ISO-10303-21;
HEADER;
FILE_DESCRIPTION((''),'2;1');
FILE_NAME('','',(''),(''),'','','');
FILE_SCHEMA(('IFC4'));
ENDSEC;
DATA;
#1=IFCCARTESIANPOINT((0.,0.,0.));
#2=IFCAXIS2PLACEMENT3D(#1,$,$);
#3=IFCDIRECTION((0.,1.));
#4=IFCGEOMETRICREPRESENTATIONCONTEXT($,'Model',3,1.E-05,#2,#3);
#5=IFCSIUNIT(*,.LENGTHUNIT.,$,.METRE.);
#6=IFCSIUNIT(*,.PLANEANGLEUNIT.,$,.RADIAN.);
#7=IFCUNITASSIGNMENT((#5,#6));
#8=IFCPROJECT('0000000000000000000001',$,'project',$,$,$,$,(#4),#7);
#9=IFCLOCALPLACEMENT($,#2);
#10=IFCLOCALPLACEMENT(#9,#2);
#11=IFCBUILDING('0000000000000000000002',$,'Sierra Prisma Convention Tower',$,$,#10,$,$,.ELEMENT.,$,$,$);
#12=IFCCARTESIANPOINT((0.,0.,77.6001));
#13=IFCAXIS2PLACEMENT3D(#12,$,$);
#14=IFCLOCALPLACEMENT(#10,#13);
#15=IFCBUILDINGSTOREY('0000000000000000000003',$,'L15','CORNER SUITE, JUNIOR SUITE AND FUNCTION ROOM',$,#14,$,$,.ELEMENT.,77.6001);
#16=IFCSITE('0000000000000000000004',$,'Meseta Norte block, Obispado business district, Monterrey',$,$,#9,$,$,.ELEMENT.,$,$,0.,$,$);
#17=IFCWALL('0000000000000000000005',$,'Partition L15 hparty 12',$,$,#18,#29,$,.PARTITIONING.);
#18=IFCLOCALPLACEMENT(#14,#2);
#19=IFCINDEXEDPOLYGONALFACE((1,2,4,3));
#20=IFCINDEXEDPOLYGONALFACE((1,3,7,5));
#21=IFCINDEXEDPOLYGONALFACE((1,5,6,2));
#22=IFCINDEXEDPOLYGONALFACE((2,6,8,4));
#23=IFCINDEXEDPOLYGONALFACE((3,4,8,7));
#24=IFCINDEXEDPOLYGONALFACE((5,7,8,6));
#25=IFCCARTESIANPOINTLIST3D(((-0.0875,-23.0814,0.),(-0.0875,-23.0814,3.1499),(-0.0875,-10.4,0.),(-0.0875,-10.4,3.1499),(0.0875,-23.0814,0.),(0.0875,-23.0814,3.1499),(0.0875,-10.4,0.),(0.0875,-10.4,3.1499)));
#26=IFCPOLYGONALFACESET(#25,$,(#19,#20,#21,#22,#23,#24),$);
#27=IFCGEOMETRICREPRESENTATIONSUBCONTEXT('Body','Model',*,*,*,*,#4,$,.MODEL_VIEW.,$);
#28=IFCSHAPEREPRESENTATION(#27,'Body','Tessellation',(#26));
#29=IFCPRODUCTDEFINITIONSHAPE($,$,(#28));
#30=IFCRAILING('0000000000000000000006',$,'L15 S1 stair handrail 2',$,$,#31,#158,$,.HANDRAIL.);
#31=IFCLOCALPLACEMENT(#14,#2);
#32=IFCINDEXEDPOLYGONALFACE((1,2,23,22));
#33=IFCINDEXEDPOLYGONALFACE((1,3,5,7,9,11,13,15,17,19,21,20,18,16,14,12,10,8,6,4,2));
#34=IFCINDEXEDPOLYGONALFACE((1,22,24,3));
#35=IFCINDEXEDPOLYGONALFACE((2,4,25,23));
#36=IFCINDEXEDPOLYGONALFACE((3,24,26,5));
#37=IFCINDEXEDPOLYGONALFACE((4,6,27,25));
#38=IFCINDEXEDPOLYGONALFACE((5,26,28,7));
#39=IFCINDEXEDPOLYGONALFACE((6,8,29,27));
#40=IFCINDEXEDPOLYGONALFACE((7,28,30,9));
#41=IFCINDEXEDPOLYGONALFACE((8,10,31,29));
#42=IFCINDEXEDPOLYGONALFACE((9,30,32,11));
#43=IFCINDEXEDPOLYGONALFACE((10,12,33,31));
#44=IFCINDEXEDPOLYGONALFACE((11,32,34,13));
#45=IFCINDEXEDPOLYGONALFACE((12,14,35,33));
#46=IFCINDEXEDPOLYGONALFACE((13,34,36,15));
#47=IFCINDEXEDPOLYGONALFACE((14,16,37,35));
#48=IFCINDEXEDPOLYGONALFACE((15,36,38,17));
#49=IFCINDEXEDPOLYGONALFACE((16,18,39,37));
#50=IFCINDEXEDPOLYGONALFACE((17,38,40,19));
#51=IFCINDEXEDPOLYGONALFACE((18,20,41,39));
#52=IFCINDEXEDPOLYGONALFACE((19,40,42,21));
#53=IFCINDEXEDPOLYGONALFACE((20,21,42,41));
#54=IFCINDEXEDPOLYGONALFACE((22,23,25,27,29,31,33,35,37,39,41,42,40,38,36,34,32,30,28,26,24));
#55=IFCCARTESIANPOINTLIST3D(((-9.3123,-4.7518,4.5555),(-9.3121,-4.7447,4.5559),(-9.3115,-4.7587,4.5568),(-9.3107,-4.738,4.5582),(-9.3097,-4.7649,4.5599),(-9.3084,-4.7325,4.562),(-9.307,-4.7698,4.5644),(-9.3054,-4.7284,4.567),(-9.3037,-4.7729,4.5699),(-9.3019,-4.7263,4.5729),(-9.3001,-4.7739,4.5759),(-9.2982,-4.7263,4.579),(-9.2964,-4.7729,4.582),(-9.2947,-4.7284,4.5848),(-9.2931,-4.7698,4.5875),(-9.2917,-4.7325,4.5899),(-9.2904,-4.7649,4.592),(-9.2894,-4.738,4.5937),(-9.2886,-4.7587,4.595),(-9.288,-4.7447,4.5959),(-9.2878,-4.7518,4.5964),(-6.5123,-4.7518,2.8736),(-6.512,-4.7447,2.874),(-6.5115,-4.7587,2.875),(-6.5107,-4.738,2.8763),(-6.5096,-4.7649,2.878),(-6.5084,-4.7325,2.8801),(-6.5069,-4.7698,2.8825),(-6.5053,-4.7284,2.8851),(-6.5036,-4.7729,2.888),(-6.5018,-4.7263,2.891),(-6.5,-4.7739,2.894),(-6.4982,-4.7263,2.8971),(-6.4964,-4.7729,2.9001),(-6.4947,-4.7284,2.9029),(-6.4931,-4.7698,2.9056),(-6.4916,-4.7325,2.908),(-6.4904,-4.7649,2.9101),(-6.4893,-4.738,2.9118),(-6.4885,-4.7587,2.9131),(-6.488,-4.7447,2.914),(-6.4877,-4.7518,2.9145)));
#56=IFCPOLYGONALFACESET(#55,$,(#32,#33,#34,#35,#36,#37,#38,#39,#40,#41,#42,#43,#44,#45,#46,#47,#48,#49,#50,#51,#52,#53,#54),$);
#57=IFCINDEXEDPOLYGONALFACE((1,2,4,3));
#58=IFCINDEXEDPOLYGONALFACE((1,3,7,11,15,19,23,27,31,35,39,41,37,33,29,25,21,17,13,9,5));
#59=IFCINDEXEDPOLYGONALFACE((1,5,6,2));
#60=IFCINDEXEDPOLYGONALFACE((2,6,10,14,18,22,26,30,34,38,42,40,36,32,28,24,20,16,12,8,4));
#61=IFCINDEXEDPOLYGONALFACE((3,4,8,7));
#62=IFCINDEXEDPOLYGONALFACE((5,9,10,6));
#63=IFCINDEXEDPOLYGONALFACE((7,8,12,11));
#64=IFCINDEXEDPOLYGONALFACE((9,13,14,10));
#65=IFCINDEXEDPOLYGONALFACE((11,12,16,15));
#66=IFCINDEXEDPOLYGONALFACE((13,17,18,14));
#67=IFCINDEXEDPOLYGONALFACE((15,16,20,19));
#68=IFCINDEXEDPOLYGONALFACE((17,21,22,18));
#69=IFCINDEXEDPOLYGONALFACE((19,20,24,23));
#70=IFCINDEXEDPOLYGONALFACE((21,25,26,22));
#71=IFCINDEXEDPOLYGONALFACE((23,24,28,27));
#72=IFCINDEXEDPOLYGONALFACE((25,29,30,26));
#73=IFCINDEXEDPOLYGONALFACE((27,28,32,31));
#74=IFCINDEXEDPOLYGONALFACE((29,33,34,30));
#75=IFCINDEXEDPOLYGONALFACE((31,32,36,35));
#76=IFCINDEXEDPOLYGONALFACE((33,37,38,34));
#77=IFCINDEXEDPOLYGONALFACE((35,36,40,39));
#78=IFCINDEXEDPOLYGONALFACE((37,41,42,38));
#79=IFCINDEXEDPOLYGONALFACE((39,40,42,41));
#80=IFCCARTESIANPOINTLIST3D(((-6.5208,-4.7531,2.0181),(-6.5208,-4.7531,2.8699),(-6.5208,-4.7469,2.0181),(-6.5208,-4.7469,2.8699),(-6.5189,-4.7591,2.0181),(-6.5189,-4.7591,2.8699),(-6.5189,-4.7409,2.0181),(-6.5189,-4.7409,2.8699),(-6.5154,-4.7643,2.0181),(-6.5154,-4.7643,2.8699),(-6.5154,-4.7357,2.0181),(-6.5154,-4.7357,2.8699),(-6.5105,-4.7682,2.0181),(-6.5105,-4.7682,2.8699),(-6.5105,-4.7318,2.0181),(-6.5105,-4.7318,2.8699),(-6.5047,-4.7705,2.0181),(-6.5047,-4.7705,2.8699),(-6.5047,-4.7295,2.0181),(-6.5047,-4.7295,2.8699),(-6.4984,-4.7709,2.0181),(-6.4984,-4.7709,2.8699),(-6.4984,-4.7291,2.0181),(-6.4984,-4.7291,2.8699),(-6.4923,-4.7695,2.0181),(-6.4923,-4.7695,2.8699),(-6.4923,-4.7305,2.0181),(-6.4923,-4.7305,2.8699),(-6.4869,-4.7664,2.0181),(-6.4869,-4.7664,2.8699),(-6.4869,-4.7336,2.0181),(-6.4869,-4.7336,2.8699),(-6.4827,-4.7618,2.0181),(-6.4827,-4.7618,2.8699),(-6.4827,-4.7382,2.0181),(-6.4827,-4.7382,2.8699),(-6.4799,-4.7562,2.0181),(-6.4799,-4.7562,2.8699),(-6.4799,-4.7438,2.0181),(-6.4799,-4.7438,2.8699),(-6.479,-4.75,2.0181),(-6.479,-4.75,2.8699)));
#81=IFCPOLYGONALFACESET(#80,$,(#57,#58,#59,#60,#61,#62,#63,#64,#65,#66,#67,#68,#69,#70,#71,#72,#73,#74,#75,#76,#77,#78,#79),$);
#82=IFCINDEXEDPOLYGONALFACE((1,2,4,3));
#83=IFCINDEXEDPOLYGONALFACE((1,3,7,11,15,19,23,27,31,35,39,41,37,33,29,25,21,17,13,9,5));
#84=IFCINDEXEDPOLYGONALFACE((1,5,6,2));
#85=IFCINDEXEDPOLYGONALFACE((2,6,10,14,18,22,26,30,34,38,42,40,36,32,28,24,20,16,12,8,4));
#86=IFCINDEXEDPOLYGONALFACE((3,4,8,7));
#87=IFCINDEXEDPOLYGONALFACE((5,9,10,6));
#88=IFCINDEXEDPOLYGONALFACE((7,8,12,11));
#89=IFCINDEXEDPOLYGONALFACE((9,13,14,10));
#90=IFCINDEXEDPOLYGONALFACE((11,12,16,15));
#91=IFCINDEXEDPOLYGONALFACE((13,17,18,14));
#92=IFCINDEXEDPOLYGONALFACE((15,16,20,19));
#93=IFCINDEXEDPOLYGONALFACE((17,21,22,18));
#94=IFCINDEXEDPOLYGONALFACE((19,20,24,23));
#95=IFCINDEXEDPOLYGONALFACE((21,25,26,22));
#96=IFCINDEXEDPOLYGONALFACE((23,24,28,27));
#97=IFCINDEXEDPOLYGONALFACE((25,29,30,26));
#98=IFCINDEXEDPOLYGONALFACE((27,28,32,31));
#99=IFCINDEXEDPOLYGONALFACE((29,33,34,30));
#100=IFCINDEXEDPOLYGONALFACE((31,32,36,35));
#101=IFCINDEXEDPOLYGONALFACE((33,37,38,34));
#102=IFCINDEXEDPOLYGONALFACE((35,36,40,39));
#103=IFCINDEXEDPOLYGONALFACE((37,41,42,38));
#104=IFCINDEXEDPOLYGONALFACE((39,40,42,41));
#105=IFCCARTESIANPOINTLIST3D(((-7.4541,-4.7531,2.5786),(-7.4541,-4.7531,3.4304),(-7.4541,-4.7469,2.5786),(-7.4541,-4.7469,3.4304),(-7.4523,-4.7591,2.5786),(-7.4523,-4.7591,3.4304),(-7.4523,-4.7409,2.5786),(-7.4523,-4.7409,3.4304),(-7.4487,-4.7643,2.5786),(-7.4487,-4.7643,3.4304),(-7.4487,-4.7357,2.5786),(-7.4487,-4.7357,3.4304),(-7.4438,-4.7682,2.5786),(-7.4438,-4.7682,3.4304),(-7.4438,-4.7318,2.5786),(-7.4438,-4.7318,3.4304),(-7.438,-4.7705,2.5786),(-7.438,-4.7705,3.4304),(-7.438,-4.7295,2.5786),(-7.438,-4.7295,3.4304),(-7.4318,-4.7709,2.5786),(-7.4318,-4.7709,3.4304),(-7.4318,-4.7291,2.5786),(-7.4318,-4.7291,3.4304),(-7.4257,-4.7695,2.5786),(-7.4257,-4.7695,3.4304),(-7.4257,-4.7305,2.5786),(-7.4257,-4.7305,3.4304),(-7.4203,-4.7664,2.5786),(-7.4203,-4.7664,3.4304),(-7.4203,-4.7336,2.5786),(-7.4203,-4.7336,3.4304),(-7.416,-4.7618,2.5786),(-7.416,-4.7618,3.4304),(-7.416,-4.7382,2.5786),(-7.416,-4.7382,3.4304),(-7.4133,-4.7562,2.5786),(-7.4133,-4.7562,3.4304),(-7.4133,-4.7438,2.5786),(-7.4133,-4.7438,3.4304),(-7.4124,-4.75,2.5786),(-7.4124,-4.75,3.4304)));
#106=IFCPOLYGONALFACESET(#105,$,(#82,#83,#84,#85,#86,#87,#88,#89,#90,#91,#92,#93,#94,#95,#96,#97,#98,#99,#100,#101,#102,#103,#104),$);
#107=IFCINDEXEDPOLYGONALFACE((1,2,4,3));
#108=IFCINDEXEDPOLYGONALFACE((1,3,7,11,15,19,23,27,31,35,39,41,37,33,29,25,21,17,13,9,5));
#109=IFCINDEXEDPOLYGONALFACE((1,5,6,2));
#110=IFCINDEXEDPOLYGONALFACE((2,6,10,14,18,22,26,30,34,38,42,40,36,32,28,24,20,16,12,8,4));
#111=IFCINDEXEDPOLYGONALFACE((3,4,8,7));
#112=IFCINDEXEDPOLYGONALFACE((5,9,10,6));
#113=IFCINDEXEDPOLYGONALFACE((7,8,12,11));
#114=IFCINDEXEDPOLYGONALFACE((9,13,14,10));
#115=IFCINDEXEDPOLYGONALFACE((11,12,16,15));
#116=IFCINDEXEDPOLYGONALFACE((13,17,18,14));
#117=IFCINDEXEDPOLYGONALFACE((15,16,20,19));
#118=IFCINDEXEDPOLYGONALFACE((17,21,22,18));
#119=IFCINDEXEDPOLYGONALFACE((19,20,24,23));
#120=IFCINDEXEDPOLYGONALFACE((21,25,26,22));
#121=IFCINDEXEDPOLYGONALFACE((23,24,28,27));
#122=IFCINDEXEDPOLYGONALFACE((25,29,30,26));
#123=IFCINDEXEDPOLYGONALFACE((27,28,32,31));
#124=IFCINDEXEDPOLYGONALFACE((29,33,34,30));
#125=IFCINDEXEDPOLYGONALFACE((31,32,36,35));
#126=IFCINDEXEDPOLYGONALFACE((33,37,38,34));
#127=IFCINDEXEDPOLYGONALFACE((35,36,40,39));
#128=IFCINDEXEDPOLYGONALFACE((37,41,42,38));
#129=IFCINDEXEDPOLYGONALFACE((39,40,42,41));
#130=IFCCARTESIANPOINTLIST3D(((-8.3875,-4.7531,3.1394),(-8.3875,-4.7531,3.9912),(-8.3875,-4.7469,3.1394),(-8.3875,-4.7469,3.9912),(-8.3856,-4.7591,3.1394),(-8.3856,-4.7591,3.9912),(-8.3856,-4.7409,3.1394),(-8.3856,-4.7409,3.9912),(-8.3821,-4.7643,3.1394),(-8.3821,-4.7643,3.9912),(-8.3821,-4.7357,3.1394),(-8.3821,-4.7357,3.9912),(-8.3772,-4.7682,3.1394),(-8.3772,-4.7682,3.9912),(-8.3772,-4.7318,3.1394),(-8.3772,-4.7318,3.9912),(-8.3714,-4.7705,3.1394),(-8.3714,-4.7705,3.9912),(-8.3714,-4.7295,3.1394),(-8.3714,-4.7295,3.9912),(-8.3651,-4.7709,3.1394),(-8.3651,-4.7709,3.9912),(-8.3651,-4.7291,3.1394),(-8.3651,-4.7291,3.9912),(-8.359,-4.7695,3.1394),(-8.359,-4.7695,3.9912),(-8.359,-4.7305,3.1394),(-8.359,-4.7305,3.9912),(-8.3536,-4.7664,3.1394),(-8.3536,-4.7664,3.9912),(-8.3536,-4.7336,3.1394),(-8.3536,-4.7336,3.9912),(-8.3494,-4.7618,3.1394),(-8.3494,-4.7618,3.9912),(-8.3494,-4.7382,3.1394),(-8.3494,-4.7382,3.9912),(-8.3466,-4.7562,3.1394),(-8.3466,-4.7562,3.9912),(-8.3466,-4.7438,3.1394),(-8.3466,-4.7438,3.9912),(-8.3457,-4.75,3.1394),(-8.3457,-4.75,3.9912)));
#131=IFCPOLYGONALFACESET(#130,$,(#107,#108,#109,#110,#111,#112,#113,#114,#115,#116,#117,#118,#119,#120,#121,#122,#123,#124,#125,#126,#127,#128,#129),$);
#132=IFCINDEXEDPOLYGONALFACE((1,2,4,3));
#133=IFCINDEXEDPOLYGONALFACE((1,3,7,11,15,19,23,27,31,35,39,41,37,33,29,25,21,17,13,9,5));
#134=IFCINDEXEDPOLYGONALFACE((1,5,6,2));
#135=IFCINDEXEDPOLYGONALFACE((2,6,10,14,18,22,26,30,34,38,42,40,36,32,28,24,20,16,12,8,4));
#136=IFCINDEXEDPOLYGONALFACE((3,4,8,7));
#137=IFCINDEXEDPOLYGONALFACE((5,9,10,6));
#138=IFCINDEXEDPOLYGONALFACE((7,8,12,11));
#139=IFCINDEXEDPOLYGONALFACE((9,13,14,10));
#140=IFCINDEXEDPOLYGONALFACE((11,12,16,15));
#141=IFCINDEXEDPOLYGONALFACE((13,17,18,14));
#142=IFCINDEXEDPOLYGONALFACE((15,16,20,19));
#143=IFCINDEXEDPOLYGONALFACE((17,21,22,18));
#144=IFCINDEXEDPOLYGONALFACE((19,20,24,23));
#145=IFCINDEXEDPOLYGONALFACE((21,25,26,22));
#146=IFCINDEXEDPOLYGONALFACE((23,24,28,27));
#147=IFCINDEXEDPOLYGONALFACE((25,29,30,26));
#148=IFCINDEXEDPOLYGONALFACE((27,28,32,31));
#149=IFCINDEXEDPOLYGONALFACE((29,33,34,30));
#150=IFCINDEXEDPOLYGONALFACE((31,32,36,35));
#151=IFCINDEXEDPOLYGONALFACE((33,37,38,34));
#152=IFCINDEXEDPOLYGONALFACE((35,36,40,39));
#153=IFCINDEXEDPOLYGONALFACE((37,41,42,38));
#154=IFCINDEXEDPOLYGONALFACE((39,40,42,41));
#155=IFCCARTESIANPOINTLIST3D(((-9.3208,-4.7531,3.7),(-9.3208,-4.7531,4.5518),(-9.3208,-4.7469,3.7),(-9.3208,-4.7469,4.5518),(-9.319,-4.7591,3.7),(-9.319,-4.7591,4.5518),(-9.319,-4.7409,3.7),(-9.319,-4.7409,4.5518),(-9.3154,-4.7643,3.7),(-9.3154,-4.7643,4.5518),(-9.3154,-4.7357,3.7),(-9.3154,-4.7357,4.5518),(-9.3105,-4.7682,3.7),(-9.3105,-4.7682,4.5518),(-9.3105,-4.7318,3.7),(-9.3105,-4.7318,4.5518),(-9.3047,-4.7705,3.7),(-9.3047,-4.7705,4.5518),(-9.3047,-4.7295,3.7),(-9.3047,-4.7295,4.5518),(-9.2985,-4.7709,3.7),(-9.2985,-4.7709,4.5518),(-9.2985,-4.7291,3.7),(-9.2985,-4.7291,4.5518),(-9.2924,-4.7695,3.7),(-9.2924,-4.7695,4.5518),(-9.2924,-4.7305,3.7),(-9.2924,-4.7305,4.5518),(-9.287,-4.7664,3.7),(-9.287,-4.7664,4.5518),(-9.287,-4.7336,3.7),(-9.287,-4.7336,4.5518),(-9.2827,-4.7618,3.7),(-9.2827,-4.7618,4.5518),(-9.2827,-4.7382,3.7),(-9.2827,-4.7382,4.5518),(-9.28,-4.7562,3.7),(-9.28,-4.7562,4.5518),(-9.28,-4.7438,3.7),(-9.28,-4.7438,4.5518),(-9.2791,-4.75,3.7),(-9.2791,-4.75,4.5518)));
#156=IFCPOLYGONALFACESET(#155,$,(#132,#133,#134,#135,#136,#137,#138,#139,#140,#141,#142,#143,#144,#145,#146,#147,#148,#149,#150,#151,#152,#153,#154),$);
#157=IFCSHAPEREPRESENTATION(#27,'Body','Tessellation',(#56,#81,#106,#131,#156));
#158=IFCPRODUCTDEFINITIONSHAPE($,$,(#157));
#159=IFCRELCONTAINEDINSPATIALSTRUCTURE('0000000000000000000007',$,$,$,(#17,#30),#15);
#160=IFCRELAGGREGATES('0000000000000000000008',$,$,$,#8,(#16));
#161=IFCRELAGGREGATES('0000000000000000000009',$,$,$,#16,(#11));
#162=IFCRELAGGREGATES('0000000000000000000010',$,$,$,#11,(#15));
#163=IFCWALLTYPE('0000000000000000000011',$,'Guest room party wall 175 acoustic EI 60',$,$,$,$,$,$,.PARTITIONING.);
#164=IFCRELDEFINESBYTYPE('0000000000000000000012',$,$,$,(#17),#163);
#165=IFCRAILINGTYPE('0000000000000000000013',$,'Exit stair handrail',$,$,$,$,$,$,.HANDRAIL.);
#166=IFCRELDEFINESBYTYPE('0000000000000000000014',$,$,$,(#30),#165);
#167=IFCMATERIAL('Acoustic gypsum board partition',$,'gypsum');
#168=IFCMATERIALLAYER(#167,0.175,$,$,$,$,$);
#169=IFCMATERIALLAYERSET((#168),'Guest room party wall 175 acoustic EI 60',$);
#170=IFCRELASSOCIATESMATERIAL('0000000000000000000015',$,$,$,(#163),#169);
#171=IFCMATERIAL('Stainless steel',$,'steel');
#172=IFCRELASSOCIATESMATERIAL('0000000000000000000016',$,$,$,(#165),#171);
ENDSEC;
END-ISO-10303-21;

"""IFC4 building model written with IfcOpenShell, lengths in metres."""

from ifc_helpers import new_model, si_unit, direction, frame, frame_2d, origin, origin_2d, place, context, subcontext, project, spatial, rectangle, circle, extrude, material, layer, layer_set, type_object, element, save


model = new_model("IFC4")

# Units and contexts
model_context = context("Model", 3, precision=1e-05, world=origin(), true_north=direction((0.0, 1.0)))
body_context = subcontext(model_context, "Body", "Model", "MODEL_VIEW")
ifc_project = project(units=[si_unit("LENGTHUNIT", "METRE"), si_unit("PLANEANGLEUNIT", "RADIAN")], contexts=[model_context])

# Site, building, storey
site_placement = place(None, origin())
site = spatial("IfcSite", under=ifc_project, at=site_placement, Name="Meseta Norte block, Obispado business district, Monterrey", CompositionType="ELEMENT", RefElevation=0.0)
building_placement = place(site_placement, origin())
building = spatial("IfcBuilding", under=site, at=building_placement, Name="Sierra Prisma Convention Tower", CompositionType="ELEMENT")
storey_placement = place(building_placement, frame((0.0, 0.0, 77.6001)))
storey = spatial("IfcBuildingStorey", under=building, at=storey_placement, Name="L15", Description="CORNER SUITE, JUNIOR SUITE AND FUNCTION ROOM", CompositionType="ELEMENT", Elevation=77.6001)

# Wall
ifc_material_1 = material(Name="Acoustic gypsum board partition", Category="gypsum")
ifc_layer_1 = layer(ifc_material_1, 0.175)
ifc_layer_set_1 = layer_set([ifc_layer_1], Name="Guest room party wall 175 acoustic EI 60")
wall_type_1 = type_object("IfcWallType", Name="Guest room party wall 175 acoustic EI 60", PredefinedType="PARTITIONING", material=ifc_layer_set_1)
wall_1_placement = place(storey_placement, frame((0.0, -10.3999, 0.0), z_axis=(0.0, 0.0, 1.0), x_axis=(0.0, -1.0, 0.0)))
element("IfcWall", 1, at=wall_1_placement, inside=storey, type_object=wall_type_1, Name="Partition L15 hparty 12", PredefinedType="PARTITIONING", context=body_context, shape_type="SweptSolid", body=[
    extrude(rectangle(XDim=12.6814, YDim=0.175, at=frame_2d((6.3408, 0.0))), origin(), (0.0, 0.0, 1.0), 3.1499),
])

# Railing
ifc_material_2 = material(Name="Stainless steel", Category="steel")
railing_type_1 = type_object("IfcRailingType", Name="Exit stair handrail", PredefinedType="HANDRAIL", material=ifc_material_2)
railing_1_placement = place(storey_placement, frame((-6.5, -4.75, 2.0181)))
element("IfcRailing", 2, at=railing_1_placement, inside=storey, type_object=railing_type_1, Name="L15 S1 stair handrail 2", PredefinedType="HANDRAIL", context=body_context, shape_type="SweptSolid", body=[
    extrude(circle(Radius=0.0239, at=origin_2d()), frame((0.0, 0.0, 0.876), z_axis=(-0.857242, 0.0, 0.514913), x_axis=(0.0, -1.0, 0.0)), (0.0, 0.0, 1.0), 3.2664),
    extrude(circle(Radius=0.021, at=origin_2d()), origin(), (0.0, 0.0, 1.0), 0.8518),
    extrude(circle(Radius=0.021, at=origin_2d()), frame((-0.9333, 0.0, 0.5605)), (0.0, 0.0, 1.0), 0.8518),
    extrude(circle(Radius=0.021, at=origin_2d()), frame((-1.8667, 0.0, 1.1213)), (0.0, 0.0, 1.0), 0.8518),
    extrude(circle(Radius=0.021, at=origin_2d()), frame((-2.8, 0.0, 1.6819)), (0.0, 0.0, 1.0), 0.8518),
])

save(model, "model.ifc")
